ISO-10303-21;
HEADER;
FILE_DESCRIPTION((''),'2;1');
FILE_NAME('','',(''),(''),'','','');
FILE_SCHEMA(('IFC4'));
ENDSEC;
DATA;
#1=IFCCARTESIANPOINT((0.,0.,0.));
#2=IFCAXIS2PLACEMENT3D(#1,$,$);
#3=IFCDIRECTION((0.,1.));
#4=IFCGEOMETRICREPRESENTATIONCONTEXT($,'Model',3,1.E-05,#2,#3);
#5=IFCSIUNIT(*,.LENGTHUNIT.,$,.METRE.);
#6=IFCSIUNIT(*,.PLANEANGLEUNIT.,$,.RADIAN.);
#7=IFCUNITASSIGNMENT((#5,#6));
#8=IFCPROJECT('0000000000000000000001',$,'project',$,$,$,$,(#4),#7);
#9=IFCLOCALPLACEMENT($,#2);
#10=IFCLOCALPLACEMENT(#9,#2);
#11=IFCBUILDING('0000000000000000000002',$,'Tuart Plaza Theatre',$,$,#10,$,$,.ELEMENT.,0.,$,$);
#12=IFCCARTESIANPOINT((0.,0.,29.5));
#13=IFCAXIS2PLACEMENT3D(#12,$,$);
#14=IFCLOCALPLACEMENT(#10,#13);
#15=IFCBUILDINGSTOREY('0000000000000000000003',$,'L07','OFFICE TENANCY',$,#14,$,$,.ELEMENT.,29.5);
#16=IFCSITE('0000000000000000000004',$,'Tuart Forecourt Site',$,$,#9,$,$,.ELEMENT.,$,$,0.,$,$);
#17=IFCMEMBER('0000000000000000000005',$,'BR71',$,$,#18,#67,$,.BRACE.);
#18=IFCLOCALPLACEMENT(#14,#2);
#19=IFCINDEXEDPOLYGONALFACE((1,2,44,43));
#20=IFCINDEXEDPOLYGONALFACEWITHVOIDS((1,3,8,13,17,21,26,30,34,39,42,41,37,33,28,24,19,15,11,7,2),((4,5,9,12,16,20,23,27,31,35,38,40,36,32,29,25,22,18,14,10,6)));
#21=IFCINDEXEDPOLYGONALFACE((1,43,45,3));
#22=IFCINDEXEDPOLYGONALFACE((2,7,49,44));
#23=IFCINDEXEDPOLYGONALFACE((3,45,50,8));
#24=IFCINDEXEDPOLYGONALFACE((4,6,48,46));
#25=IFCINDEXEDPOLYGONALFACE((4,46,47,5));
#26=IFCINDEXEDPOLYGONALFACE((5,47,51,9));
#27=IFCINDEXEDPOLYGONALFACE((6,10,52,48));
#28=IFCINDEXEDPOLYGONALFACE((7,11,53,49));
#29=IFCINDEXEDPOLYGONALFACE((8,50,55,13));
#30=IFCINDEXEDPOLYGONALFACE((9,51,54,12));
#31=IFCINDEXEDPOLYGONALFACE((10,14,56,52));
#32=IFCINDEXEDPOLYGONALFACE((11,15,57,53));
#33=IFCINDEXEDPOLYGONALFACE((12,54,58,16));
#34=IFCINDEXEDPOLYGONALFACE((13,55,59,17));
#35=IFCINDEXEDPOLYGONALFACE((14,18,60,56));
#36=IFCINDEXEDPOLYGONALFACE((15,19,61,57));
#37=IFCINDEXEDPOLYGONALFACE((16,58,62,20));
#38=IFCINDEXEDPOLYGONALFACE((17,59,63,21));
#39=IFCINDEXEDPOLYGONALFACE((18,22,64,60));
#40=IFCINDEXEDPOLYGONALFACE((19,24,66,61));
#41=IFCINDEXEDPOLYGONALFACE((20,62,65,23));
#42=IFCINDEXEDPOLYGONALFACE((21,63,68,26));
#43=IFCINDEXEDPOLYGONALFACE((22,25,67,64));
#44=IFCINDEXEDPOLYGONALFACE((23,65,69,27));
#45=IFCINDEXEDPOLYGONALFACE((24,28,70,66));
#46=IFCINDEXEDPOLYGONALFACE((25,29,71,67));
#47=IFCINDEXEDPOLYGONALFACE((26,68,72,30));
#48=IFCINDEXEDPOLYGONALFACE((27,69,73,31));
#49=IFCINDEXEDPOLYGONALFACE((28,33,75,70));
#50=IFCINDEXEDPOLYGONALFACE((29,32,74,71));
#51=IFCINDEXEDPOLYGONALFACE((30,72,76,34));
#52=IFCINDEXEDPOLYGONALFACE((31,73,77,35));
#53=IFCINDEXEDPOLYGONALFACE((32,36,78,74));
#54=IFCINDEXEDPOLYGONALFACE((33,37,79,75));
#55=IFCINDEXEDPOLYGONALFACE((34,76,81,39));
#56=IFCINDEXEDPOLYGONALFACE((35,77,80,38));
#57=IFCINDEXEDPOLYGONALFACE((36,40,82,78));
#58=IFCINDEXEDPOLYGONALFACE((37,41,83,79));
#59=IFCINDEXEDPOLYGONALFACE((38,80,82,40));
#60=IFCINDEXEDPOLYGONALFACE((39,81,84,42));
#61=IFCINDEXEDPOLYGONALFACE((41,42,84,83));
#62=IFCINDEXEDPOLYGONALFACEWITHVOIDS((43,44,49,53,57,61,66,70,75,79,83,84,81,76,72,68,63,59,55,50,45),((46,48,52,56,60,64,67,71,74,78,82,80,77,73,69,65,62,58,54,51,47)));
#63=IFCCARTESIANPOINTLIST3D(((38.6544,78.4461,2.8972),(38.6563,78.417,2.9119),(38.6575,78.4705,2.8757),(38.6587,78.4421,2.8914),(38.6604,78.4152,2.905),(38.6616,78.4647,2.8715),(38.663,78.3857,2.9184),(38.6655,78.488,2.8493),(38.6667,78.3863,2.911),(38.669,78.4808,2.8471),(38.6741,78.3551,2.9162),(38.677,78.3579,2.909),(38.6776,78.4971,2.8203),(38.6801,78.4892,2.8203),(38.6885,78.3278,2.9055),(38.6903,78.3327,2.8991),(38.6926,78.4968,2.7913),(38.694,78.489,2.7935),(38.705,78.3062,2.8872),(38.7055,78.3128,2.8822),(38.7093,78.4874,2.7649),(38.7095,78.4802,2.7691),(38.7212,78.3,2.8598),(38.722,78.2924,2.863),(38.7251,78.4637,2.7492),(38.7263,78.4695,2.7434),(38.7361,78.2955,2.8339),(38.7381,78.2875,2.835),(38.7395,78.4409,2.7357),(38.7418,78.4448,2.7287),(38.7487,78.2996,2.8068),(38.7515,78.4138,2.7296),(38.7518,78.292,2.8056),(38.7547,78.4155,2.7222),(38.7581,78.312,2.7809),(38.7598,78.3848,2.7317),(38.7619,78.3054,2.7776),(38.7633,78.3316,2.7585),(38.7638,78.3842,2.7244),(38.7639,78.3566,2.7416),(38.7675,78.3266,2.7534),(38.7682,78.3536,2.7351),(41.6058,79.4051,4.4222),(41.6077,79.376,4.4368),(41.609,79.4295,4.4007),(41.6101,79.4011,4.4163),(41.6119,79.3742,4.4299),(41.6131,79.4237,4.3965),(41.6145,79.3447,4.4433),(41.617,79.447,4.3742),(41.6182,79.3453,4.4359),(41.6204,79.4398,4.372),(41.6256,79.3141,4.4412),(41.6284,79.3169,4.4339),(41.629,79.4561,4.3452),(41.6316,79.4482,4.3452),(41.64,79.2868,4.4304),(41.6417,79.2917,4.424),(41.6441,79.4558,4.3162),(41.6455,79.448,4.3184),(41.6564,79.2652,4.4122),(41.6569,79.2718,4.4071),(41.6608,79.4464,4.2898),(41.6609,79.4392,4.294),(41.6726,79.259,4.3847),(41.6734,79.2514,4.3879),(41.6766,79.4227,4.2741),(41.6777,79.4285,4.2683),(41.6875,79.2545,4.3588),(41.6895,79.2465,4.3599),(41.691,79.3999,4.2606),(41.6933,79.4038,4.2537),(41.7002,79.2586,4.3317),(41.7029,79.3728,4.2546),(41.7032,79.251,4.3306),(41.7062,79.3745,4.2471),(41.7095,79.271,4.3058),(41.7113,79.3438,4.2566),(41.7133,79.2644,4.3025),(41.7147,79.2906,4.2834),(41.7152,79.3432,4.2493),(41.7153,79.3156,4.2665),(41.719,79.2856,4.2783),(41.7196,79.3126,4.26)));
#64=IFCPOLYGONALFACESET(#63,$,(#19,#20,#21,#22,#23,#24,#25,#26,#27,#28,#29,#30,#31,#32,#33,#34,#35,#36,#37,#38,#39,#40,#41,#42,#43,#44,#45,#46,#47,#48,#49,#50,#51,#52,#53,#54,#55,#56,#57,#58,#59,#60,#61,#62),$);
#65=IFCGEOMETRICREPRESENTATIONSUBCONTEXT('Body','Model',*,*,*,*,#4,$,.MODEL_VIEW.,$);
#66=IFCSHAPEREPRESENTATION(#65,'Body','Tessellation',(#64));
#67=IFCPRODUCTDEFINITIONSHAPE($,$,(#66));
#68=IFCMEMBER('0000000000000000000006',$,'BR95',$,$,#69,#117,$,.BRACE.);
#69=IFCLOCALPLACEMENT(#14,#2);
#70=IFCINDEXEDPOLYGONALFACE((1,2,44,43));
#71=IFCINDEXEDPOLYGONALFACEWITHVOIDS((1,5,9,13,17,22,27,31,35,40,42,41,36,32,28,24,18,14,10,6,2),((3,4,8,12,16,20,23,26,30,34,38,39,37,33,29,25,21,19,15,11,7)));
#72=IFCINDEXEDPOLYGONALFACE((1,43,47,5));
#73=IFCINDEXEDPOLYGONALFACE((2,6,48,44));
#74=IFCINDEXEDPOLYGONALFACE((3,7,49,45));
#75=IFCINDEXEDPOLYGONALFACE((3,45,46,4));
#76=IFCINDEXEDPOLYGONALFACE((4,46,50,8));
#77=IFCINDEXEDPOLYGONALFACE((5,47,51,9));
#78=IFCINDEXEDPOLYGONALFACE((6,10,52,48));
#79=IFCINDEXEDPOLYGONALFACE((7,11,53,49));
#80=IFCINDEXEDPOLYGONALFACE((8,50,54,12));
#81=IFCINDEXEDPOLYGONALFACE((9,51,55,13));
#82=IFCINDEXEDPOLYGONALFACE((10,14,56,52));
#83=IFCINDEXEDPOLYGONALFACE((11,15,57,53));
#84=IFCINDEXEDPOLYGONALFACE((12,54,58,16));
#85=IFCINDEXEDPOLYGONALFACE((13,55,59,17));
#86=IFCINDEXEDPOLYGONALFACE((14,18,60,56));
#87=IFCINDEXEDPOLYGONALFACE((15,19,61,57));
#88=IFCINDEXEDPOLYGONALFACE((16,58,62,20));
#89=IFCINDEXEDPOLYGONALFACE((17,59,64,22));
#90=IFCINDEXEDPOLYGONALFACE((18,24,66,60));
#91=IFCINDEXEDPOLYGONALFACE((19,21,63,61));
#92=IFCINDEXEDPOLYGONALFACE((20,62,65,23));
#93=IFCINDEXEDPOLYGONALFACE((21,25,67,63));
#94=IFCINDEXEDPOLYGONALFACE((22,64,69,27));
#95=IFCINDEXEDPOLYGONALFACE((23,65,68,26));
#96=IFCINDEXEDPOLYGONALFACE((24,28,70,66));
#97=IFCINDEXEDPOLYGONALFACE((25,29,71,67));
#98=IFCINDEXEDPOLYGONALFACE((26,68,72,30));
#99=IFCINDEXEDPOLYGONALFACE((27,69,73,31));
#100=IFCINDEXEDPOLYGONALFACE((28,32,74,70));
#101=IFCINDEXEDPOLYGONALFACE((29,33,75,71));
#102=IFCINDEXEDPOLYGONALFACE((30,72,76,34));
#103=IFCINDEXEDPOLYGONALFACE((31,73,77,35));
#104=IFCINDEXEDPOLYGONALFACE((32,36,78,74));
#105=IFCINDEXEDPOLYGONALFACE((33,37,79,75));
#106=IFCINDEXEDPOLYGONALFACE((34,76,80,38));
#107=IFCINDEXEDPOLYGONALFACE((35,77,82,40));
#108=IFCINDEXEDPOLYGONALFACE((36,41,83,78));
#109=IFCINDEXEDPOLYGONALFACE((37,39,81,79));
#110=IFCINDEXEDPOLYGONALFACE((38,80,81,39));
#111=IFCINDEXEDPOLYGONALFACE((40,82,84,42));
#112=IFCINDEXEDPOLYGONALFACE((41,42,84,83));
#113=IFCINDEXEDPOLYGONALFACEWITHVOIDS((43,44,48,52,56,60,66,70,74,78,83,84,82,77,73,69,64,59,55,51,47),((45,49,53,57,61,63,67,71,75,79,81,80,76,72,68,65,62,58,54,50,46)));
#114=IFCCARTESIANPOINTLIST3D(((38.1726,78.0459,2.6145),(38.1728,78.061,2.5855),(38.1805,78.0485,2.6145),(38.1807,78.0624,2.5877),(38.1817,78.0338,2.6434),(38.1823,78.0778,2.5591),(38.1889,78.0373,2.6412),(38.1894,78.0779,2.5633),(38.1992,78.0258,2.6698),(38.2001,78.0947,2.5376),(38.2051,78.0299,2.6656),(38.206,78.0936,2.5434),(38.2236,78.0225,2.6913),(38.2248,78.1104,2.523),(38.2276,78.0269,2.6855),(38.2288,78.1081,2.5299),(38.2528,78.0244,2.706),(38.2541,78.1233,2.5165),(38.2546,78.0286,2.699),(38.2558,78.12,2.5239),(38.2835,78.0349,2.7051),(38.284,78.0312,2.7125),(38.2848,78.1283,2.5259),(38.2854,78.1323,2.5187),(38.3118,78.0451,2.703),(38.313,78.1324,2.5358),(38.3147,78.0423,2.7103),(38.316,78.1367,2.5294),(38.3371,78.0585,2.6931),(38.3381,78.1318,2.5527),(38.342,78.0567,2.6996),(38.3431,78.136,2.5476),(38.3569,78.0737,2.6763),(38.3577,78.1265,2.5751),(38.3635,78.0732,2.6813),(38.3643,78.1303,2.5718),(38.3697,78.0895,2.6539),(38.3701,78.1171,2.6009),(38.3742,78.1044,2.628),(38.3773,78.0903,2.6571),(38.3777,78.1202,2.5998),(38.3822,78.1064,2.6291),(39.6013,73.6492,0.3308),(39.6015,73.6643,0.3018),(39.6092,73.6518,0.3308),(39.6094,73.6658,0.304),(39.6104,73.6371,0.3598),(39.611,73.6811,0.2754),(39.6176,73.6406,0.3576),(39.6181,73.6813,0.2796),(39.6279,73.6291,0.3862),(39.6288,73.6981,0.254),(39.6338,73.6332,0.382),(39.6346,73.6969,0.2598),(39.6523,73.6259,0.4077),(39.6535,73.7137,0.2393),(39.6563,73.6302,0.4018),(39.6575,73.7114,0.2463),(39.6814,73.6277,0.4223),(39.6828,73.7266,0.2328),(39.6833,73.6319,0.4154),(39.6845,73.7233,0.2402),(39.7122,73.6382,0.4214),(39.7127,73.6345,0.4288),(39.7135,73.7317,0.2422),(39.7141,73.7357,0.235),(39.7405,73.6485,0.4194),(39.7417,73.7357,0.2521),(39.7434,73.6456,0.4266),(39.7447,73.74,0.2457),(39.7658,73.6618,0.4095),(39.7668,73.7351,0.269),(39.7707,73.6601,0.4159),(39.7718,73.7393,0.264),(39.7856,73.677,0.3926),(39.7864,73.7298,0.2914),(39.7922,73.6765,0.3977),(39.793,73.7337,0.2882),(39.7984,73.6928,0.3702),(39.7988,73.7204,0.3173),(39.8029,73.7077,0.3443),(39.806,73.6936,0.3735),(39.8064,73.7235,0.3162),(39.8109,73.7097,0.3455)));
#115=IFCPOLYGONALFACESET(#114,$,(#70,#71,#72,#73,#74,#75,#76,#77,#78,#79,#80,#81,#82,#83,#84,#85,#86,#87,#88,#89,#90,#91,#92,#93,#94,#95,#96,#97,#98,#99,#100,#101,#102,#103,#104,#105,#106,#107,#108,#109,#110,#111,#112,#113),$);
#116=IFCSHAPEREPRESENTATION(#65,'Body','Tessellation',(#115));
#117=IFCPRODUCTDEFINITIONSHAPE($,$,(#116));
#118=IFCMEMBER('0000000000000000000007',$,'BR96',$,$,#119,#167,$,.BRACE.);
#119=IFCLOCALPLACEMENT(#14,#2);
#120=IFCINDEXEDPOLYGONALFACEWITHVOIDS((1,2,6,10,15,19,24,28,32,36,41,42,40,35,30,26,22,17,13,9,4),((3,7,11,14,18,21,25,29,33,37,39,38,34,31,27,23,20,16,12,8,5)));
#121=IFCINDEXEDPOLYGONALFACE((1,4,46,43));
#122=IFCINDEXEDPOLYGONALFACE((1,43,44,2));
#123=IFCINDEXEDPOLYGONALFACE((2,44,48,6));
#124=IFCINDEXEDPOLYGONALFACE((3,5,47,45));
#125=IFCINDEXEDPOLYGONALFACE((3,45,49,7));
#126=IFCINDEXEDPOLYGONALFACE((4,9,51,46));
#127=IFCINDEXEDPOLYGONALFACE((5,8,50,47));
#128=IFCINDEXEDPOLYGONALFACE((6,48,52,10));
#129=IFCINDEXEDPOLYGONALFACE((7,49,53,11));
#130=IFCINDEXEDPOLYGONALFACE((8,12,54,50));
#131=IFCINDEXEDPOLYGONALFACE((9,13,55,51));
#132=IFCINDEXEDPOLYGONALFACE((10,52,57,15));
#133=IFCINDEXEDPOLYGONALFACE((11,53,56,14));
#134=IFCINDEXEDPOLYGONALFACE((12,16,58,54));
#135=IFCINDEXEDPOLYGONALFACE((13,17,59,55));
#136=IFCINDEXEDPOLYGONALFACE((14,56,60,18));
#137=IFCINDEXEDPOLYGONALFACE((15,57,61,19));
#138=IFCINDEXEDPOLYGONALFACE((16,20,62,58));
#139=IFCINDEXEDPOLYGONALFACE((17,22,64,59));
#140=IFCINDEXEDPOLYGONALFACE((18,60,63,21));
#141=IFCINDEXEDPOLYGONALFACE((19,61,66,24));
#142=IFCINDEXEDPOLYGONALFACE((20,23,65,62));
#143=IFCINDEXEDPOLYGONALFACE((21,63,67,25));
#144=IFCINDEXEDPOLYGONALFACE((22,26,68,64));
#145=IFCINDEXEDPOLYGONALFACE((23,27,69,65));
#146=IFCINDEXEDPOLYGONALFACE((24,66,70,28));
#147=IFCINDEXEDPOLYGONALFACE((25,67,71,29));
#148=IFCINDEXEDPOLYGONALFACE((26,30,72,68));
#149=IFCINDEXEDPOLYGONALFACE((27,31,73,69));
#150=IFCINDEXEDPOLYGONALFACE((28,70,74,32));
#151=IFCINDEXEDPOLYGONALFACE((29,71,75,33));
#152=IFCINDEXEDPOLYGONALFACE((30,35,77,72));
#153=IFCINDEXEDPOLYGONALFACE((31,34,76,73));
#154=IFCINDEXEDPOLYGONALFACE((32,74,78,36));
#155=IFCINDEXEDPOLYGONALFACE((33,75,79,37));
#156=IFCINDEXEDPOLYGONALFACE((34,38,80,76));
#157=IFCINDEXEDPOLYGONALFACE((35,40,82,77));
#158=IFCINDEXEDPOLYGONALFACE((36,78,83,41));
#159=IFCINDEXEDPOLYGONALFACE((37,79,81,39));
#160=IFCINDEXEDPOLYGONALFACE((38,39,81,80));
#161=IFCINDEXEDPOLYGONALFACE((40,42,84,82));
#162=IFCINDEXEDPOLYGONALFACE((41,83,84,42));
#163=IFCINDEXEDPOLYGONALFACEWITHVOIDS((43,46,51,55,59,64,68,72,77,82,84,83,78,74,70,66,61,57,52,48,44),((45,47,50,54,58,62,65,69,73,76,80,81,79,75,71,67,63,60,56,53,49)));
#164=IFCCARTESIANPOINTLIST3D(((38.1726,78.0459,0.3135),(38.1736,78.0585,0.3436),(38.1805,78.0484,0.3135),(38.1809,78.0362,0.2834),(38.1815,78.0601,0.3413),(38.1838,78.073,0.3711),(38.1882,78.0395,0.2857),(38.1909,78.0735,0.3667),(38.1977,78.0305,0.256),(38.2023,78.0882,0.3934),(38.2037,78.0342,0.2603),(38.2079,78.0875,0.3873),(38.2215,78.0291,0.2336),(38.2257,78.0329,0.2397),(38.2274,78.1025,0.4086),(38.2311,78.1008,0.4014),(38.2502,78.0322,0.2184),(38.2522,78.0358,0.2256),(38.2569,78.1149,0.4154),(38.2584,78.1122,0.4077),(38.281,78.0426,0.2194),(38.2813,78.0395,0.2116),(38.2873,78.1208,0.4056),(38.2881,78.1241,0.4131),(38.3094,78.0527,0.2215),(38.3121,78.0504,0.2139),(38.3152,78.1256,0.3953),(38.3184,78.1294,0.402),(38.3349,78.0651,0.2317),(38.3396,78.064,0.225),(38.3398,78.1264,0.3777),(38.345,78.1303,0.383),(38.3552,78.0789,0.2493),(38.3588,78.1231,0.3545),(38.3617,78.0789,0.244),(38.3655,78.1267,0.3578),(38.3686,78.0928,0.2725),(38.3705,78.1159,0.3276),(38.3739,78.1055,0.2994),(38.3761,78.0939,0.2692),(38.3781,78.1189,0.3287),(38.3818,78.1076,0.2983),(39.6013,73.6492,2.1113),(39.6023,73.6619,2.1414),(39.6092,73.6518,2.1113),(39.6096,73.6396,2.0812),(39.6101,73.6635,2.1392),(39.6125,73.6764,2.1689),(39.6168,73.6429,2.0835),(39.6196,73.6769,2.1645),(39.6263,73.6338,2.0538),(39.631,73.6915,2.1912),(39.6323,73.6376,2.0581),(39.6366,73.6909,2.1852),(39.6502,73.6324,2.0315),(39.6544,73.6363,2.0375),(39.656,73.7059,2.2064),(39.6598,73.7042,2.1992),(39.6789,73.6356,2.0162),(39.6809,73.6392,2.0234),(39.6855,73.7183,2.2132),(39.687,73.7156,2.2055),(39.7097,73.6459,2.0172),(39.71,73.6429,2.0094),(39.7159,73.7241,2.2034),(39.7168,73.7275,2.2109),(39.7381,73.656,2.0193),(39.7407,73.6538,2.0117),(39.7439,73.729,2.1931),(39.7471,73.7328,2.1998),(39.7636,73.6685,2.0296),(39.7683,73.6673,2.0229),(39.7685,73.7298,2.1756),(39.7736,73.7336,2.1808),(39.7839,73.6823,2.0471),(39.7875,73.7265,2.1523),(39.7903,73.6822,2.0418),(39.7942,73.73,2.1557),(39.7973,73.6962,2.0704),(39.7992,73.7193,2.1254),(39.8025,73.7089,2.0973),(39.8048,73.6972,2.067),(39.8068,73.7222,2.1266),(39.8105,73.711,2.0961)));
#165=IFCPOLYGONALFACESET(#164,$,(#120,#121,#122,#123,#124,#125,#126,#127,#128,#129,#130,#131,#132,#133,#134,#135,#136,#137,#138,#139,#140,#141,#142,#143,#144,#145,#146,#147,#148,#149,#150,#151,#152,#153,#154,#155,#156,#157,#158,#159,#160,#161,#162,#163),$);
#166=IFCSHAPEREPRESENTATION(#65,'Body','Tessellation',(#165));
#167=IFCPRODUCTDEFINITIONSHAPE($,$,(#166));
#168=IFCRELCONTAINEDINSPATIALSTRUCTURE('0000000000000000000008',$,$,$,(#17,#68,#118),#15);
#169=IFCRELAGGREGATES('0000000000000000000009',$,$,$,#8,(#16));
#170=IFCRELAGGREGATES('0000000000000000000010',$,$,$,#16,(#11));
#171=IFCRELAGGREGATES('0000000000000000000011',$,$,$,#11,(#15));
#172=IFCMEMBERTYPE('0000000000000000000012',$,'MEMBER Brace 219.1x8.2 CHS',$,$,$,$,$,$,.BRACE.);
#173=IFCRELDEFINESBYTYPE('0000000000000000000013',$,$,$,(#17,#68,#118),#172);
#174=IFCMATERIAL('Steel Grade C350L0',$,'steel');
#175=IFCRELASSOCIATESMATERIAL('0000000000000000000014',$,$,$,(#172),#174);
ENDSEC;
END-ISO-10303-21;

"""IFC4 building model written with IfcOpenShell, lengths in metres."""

from ifc_helpers import new_model, si_unit, direction, frame, origin, origin_2d, place, context, subcontext, project, spatial, hollow_circle, extrude, material, material_profile, profile_set, type_object, element, save


model = new_model("IFC4")

# Units and contexts
model_context = context("Model", 3, precision=1e-05, world=origin(), true_north=direction((0.0, 1.0)))
body_context = subcontext(model_context, "Body", "Model", "MODEL_VIEW")
ifc_project = project(units=[si_unit("LENGTHUNIT", "METRE"), si_unit("PLANEANGLEUNIT", "RADIAN")], contexts=[model_context])

# Site, building, storey
site_placement = place(None, origin())
site = spatial("IfcSite", under=ifc_project, at=site_placement, Name="Tuart Forecourt Site", CompositionType="ELEMENT", RefElevation=0.0)
building_placement = place(site_placement, origin())
building = spatial("IfcBuilding", under=site, at=building_placement, Name="Tuart Plaza Theatre", CompositionType="ELEMENT", ElevationOfRefHeight=0.0)
storey_placement = place(building_placement, frame((0.0, 0.0, 29.5)))
storey = spatial("IfcBuildingStorey", under=building, at=storey_placement, Name="L07", Description="OFFICE TENANCY", CompositionType="ELEMENT", Elevation=29.5)

# Members
ifc_material_1 = material(Name="Steel Grade C350L0", Category="steel")
ifc_material_profile_1 = material_profile(ifc_material_1, hollow_circle(Radius=0.1096, WallThickness=0.0083, at=origin_2d()), Name="219.1x8.2 CHS")
ifc_profile_set_1 = profile_set([ifc_material_profile_1], Name="Steel Grade C350L0")
member_type_1 = type_object("IfcMemberType", Name="MEMBER Brace 219.1x8.2 CHS", PredefinedType="BRACE", material=ifc_profile_set_1)
for number, where, z_axis, x_axis, name in (
    (1, (38.7114, 78.3928, 2.8203), (0.853573, 0.277346, 0.441014), (-0.30902, 0.951055, 0.0), "BR71"),
):
    element("IfcMember", number, at=place(storey_placement, frame(where, z_axis=z_axis, x_axis=x_axis)), inside=storey, type_object=member_type_1, Name=name, PredefinedType="BRACE", context=body_context, shape_type="SweptSolid", body=[
        extrude(hollow_circle(Radius=0.1096, WallThickness=0.0083, at=origin_2d()), origin(), (0.0, 0.0, 1.0), 3.4578),
    ])
member_1_placement = place(storey_placement, frame((39.7056, 73.6831, 0.3308), z_axis=(-0.277079, 0.852687, 0.442891), x_axis=(-0.951048, -0.309042, 0.0)))
element("IfcMember", 2, at=member_1_placement, inside=storey, type_object=member_type_1, Name="BR95", PredefinedType="BRACE", context=body_context, shape_type="SweptSolid", body=[
    extrude(hollow_circle(Radius=0.1096, WallThickness=0.0083, at=origin_2d()), origin(), (0.0, 0.0, 1.0), 5.1562),
])
member_2_placement = place(storey_placement, frame((39.7056, 73.6831, 2.1113), z_axis=(-0.288028, 0.886381, -0.362447), x_axis=(-0.951048, -0.309042, 0.0)))
element("IfcMember", 3, at=member_2_placement, inside=storey, type_object=member_type_1, Name="BR96", PredefinedType="BRACE", context=body_context, shape_type="SweptSolid", body=[
    extrude(hollow_circle(Radius=0.1096, WallThickness=0.0083, at=origin_2d()), origin(), (0.0, 0.0, 1.0), 4.9602),
])

save(model, "model.ifc")
